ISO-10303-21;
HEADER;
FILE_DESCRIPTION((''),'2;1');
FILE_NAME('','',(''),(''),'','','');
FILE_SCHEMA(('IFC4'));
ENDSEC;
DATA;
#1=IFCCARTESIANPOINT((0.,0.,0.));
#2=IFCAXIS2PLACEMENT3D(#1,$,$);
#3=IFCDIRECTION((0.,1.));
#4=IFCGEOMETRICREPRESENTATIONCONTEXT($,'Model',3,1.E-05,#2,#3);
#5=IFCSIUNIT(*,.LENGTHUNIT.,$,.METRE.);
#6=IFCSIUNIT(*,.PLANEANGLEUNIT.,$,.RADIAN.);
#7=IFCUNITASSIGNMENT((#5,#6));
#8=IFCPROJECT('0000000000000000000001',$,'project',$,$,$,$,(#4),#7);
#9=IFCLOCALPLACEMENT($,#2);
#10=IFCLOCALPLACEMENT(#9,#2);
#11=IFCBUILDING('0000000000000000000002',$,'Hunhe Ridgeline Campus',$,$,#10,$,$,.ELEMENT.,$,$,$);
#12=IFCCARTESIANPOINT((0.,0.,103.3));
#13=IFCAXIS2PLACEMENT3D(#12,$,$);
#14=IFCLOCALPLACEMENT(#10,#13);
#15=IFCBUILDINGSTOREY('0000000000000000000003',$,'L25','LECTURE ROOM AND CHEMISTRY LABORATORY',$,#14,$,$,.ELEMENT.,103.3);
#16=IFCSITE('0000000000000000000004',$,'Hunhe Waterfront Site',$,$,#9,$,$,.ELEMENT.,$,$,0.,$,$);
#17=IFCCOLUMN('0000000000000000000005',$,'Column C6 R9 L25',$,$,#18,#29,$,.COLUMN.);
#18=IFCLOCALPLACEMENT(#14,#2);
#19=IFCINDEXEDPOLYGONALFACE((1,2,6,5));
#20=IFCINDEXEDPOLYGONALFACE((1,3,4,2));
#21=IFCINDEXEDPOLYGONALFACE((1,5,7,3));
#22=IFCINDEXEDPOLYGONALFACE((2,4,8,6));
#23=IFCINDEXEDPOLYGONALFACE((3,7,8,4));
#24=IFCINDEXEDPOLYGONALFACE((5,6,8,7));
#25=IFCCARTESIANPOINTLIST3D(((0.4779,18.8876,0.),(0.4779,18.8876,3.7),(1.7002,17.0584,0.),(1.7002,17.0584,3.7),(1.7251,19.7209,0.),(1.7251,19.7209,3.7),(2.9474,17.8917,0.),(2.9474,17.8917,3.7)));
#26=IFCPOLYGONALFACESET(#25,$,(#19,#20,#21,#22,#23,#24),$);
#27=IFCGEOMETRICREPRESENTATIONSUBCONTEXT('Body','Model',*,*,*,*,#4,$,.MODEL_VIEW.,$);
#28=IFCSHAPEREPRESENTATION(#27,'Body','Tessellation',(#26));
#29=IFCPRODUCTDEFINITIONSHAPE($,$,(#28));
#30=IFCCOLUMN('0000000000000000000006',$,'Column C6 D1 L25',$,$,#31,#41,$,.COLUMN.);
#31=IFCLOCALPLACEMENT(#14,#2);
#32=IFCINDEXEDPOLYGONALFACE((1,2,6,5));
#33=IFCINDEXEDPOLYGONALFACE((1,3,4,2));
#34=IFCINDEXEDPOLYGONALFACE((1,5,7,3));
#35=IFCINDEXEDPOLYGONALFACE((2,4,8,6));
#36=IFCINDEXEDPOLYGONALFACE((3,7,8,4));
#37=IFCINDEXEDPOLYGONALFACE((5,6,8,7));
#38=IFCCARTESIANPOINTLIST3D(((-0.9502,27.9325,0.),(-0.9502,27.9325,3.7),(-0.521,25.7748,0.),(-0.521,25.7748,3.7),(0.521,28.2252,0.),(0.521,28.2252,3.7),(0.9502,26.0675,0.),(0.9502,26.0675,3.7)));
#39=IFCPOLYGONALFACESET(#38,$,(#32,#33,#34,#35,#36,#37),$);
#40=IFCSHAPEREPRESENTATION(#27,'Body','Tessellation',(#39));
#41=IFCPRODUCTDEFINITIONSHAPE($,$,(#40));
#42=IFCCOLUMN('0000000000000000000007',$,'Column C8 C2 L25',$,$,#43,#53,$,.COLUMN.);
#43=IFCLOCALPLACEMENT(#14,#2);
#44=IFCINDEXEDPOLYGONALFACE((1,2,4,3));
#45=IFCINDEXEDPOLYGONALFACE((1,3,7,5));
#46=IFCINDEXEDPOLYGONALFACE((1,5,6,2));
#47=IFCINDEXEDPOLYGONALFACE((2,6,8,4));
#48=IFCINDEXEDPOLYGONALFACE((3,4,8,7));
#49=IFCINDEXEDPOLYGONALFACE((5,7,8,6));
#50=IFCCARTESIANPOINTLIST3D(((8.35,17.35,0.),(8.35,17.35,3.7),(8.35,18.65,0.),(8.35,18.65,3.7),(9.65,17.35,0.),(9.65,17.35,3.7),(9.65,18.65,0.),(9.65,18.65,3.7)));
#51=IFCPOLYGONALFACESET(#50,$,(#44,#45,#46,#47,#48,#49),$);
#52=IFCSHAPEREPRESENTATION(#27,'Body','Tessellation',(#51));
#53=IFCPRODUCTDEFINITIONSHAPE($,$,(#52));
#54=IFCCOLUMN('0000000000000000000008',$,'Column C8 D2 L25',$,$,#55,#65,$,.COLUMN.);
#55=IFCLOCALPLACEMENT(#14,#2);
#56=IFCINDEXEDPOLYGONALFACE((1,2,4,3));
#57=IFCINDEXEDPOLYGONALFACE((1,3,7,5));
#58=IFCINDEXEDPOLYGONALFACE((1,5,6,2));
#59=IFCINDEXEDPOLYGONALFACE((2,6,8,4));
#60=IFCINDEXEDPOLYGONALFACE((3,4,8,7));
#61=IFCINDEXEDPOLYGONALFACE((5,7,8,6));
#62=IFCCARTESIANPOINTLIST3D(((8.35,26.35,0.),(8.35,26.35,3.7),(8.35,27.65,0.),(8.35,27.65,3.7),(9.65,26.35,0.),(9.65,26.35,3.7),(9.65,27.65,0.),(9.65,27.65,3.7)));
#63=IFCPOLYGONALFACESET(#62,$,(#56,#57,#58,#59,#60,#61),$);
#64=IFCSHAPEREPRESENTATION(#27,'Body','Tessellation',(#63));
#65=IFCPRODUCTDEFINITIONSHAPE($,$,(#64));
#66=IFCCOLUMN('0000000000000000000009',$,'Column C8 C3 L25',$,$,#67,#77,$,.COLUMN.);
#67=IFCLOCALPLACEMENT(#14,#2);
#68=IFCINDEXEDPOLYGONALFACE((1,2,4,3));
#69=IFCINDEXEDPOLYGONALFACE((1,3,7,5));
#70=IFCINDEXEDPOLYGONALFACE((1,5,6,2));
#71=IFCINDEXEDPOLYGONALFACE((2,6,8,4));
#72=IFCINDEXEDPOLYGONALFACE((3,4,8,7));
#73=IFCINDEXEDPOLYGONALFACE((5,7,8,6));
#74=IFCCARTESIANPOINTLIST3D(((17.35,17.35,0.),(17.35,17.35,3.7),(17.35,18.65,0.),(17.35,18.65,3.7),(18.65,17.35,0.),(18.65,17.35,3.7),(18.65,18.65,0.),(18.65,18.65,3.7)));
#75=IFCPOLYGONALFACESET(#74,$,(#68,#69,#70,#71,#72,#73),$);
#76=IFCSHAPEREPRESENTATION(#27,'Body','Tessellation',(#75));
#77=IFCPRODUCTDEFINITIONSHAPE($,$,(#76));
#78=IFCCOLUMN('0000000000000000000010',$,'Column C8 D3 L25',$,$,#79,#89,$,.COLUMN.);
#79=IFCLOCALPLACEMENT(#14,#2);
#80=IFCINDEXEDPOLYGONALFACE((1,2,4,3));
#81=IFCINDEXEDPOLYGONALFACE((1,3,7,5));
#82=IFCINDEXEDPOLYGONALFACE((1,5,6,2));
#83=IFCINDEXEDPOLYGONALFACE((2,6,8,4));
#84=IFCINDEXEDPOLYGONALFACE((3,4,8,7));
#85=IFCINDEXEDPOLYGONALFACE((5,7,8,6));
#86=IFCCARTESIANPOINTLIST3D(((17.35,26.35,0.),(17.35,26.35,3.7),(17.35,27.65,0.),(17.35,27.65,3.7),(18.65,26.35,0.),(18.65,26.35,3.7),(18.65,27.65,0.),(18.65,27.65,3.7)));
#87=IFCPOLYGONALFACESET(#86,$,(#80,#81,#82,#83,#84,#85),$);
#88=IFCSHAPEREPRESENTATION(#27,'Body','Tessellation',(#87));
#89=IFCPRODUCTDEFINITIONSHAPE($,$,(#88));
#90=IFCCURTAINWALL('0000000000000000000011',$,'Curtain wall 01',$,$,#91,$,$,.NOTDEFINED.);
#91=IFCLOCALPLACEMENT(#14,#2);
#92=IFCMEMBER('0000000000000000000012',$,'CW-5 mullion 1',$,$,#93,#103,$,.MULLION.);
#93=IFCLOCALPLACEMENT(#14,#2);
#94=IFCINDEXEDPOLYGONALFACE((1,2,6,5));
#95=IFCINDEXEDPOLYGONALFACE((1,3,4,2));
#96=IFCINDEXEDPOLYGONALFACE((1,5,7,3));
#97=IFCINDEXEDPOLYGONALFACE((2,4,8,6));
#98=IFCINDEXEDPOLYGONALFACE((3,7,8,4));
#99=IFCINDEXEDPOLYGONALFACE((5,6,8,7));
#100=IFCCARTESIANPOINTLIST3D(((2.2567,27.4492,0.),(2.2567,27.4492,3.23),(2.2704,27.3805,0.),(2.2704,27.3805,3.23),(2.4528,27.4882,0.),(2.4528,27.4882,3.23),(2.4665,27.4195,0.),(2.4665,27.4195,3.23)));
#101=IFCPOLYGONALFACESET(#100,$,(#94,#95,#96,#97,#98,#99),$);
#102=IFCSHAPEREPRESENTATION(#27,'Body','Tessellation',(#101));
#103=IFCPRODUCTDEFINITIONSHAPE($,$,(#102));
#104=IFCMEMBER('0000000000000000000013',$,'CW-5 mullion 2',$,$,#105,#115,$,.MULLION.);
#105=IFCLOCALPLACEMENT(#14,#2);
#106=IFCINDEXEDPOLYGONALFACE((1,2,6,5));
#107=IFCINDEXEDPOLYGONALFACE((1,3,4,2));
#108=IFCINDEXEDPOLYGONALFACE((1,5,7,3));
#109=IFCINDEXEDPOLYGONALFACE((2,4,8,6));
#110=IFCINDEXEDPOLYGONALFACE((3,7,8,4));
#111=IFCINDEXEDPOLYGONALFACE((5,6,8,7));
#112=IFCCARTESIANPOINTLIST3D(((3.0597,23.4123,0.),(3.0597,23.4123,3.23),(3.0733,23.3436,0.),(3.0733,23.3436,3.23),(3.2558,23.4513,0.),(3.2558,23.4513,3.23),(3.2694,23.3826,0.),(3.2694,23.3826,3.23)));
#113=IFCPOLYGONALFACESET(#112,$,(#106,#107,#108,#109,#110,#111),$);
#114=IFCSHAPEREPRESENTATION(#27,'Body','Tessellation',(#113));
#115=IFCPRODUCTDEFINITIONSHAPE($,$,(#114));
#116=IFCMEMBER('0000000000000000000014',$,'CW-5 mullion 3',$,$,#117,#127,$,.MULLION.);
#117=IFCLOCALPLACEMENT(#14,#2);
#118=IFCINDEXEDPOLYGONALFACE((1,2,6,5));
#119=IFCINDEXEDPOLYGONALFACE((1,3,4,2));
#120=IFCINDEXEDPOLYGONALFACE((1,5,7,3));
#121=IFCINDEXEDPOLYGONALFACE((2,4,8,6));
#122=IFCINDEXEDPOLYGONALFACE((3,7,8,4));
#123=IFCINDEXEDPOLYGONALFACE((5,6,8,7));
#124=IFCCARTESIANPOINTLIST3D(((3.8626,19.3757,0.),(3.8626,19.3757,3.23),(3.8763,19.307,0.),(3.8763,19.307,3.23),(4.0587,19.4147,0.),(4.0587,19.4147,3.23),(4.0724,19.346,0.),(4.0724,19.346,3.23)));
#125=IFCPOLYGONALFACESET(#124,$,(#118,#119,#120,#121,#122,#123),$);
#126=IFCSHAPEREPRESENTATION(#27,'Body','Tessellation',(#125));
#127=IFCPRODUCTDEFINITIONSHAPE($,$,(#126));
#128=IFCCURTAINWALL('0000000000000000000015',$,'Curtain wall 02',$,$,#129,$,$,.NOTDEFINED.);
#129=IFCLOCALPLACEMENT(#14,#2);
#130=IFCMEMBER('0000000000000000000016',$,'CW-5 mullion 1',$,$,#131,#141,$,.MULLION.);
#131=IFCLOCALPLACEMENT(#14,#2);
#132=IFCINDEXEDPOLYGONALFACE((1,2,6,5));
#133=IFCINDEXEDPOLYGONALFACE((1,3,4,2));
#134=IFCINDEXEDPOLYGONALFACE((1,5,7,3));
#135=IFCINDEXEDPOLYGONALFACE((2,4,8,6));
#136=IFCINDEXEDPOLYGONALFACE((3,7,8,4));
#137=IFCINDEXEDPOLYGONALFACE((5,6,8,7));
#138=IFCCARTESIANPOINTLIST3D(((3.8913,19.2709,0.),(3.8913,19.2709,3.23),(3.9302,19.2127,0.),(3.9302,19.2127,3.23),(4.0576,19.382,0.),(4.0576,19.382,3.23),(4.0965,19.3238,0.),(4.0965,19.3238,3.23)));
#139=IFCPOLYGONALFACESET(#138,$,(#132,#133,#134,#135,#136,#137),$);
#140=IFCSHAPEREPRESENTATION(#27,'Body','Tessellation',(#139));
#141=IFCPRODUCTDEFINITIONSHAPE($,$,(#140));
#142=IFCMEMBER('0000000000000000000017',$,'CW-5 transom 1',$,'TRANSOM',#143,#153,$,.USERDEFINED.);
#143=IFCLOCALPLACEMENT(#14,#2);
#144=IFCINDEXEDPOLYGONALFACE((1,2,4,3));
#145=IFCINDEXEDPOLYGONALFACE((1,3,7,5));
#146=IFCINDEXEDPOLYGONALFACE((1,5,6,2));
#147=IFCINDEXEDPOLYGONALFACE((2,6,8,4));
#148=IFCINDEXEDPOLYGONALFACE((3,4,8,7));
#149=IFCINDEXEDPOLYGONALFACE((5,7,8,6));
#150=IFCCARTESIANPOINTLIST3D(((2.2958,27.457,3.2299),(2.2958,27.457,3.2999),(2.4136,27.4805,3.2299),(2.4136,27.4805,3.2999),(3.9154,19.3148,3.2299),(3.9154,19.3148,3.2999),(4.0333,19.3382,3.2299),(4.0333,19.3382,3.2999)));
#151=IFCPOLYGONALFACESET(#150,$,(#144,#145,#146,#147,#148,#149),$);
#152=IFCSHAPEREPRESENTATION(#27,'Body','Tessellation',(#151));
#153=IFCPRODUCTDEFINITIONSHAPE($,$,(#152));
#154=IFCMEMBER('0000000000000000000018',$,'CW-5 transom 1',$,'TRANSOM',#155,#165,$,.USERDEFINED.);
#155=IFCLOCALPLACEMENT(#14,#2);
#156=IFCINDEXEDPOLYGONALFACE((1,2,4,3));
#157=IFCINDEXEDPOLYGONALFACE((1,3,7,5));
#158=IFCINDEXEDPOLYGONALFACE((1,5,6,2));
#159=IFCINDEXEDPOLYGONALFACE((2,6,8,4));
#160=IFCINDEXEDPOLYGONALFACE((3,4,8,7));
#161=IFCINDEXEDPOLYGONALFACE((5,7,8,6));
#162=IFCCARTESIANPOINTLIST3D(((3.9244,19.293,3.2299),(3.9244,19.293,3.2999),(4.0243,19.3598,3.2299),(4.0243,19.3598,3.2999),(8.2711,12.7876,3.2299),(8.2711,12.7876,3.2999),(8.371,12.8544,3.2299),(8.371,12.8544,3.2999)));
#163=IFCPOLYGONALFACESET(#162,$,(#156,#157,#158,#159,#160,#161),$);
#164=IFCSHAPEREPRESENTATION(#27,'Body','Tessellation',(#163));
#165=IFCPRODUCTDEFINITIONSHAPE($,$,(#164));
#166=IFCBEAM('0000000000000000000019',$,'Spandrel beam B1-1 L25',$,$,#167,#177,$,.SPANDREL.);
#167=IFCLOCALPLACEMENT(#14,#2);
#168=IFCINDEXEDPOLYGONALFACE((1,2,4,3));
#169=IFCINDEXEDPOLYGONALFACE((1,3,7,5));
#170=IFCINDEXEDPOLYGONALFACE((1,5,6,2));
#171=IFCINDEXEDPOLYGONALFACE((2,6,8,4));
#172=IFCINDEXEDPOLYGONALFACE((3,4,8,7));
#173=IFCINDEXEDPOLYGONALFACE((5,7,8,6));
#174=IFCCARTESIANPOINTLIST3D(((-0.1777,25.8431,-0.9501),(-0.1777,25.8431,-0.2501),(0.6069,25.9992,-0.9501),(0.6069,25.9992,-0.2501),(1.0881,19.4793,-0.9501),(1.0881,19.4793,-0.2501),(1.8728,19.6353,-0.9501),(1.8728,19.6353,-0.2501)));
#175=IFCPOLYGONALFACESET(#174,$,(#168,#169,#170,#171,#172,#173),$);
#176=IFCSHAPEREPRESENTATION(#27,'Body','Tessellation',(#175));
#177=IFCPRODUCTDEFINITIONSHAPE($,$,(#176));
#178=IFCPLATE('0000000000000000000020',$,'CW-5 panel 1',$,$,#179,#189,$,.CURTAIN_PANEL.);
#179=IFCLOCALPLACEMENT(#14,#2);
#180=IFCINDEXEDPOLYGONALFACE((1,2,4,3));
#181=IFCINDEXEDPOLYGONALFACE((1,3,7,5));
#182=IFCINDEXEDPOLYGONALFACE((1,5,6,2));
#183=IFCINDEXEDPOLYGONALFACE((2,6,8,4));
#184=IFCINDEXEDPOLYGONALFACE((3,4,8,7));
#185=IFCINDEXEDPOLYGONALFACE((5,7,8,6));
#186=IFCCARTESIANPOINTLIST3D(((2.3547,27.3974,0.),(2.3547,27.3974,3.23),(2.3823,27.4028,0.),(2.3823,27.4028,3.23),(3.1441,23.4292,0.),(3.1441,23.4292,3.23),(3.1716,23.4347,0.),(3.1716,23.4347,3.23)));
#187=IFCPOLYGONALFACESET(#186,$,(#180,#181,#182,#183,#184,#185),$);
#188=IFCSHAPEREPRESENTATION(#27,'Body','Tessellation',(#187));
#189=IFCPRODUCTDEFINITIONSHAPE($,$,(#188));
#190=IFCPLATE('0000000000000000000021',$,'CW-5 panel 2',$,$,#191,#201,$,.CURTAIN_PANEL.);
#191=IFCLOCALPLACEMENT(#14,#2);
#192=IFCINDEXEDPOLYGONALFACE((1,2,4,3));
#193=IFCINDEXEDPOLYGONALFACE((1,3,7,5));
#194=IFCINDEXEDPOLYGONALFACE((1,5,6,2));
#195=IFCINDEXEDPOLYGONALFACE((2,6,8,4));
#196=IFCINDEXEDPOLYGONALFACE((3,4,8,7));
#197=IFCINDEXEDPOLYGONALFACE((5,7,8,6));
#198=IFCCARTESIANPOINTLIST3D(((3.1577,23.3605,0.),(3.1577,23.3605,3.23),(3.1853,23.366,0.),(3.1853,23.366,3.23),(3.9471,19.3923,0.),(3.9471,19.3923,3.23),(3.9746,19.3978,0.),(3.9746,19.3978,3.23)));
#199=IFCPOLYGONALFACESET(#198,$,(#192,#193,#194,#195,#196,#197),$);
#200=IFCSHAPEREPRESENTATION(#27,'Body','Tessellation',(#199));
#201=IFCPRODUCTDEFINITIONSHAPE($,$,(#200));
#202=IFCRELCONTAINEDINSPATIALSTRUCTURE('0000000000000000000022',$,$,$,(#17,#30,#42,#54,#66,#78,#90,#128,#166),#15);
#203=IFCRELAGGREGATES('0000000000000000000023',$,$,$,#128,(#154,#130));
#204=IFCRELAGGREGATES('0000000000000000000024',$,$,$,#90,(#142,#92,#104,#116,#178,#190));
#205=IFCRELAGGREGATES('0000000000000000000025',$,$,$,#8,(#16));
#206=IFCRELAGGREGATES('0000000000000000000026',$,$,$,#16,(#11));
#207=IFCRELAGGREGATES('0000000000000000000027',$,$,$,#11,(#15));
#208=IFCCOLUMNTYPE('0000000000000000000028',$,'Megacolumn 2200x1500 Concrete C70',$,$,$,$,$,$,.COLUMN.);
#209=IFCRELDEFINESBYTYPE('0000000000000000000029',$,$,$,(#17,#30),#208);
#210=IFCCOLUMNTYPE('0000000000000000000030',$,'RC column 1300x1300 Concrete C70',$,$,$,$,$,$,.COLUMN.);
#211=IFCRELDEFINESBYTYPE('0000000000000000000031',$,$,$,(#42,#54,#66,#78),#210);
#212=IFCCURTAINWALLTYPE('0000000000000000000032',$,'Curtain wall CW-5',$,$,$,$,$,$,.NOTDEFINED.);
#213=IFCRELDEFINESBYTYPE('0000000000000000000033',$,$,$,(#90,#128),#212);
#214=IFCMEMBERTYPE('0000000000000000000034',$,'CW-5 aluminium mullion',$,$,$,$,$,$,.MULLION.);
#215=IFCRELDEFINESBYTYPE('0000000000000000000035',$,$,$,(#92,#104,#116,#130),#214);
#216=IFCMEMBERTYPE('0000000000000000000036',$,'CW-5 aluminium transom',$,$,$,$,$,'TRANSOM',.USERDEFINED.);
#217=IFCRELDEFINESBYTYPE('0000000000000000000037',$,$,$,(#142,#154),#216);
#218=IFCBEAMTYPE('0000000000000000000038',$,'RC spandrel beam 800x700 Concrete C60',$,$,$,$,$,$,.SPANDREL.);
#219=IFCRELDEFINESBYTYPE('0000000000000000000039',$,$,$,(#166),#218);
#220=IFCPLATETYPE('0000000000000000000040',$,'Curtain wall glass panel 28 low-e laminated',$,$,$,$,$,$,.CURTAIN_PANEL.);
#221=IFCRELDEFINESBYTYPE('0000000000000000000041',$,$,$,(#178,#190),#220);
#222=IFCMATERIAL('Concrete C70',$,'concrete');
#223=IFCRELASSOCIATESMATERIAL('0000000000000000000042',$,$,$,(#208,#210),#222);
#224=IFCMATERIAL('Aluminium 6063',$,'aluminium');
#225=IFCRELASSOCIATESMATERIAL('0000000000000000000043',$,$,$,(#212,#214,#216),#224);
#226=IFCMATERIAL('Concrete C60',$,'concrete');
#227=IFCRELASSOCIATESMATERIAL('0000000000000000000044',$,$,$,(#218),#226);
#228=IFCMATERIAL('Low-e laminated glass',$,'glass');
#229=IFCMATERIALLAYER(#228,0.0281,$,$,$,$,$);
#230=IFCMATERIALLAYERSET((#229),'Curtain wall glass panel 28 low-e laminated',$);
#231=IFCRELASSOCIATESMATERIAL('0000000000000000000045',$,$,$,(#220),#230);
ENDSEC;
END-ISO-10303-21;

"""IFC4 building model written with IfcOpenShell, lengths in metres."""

from ifc_helpers import new_model, si_unit, direction, frame, origin, origin_2d, place, context, subcontext, project, spatial, rectangle, extrude, material, layer, layer_set, material_profile, profile_set, type_object, element, aggregate, save


model = new_model("IFC4")

# Units and contexts
model_context = context("Model", 3, precision=1e-05, world=origin(), true_north=direction((0.0, 1.0)))
body_context = subcontext(model_context, "Body", "Model", "MODEL_VIEW")
ifc_project = project(units=[si_unit("LENGTHUNIT", "METRE"), si_unit("PLANEANGLEUNIT", "RADIAN")], contexts=[model_context])

# Site, building, storey
site_placement = place(None, origin())
site = spatial("IfcSite", under=ifc_project, at=site_placement, Name="Hunhe Waterfront Site", CompositionType="ELEMENT", RefElevation=0.0)
building_placement = place(site_placement, origin())
building = spatial("IfcBuilding", under=site, at=building_placement, Name="Hunhe Ridgeline Campus", CompositionType="ELEMENT")
storey_placement = place(building_placement, frame((0.0, 0.0, 103.3)))
storey = spatial("IfcBuildingStorey", under=building, at=storey_placement, Name="L25", Description="LECTURE ROOM AND CHEMISTRY LABORATORY", CompositionType="ELEMENT", Elevation=103.3)

# Columns
ifc_material_1 = material(Name="Concrete C70", Category="concrete")
ifc_material_profile_1 = material_profile(ifc_material_1, rectangle(XDim=2.2, YDim=1.5, at=origin_2d()))
ifc_profile_set_1 = profile_set([ifc_material_profile_1], Name="Concrete C70")
column_type_1 = type_object("IfcColumnType", Name="Megacolumn 2200x1500 Concrete C70", PredefinedType="COLUMN", material=ifc_profile_set_1)
for number, where, z_axis, x_axis, name in (
    (1, (1.7126, 18.3896, 0.0), (0.0, 0.0, 1.0), (-0.55557, 0.83147, 0.0), "Column C6 R9 L25"),
    (2, (0.0, 27.0, 0.0), (0.0, 0.0, 1.0), (-0.19509, 0.980785, 0.0), "Column C6 D1 L25"),
):
    element("IfcColumn", number, at=place(storey_placement, frame(where, z_axis=z_axis, x_axis=x_axis)), inside=storey, type_object=column_type_1, Name=name, PredefinedType="COLUMN", context=body_context, shape_type="SweptSolid", body=[
        extrude(rectangle(XDim=2.2, YDim=1.5, at=origin_2d()), origin(), (0.0, 0.0, 1.0), 3.7),
    ])
ifc_material_profile_2 = material_profile(ifc_material_1, rectangle(XDim=1.3, YDim=1.3, at=origin_2d()))
ifc_profile_set_2 = profile_set([ifc_material_profile_2], Name="Concrete C70")
column_type_2 = type_object("IfcColumnType", Name="RC column 1300x1300 Concrete C70", PredefinedType="COLUMN", material=ifc_profile_set_2)
for number, where, z_axis, x_axis, name in (
    (3, (9.0, 18.0, 0.0), (0.0, 0.0, 1.0), (1.0, 0.0, 0.0), "Column C8 C2 L25"),
    (4, (9.0, 27.0, 0.0), (0.0, 0.0, 1.0), (1.0, 0.0, 0.0), "Column C8 D2 L25"),
    (5, (18.0, 18.0, 0.0), (0.0, 0.0, 1.0), (1.0, 0.0, 0.0), "Column C8 C3 L25"),
    (6, (18.0, 27.0, 0.0), (0.0, 0.0, 1.0), (1.0, 0.0, 0.0), "Column C8 D3 L25"),
):
    element("IfcColumn", number, at=place(storey_placement, frame(where, z_axis=z_axis, x_axis=x_axis)), inside=storey, type_object=column_type_2, Name=name, PredefinedType="COLUMN", context=body_context, shape_type="SweptSolid", body=[
        extrude(rectangle(XDim=1.3, YDim=1.3, at=origin_2d()), origin(), (0.0, 0.0, 1.0), 3.7),
    ])

# Curtain wall, members
ifc_material_2 = material(Name="Aluminium 6063", Category="aluminium")
curtain_wall_type = type_object("IfcCurtainWallType", Name="Curtain wall CW-5", PredefinedType="NOTDEFINED", material=ifc_material_2)
curtain_wall_1_placement = place(storey_placement, origin())
curtain_wall_1 = element("IfcCurtainWall", 7, at=curtain_wall_1_placement, inside=storey, type_object=curtain_wall_type, Name="Curtain wall 01", PredefinedType="NOTDEFINED")
ifc_material_profile_3 = material_profile(ifc_material_2, rectangle(XDim=0.2, YDim=0.0701, at=origin_2d()))
ifc_profile_set_3 = profile_set([ifc_material_profile_3], Name="Aluminium 6063")
member_type_1 = type_object("IfcMemberType", Name="CW-5 aluminium mullion", PredefinedType="MULLION", material=ifc_profile_set_3)
member_1_placement = place(storey_placement, frame((2.3616, 27.4343, 0.0), z_axis=(0.0, 0.0, 1.0), x_axis=(0.980784, 0.195095, 0.0)))
member_1 = element("IfcMember", 8, at=member_1_placement, type_object=member_type_1, Name="CW-5 mullion 1", PredefinedType="MULLION", context=body_context, shape_type="SweptSolid", body=[
    extrude(rectangle(XDim=0.2, YDim=0.0701, at=origin_2d()), origin(), (0.0, 0.0, 1.0), 3.23),
])
member_2_placement = place(storey_placement, frame((3.1646, 23.3975, 0.0), z_axis=(0.0, 0.0, 1.0), x_axis=(0.980784, 0.195095, 0.0)))
member_2 = element("IfcMember", 9, at=member_2_placement, type_object=member_type_1, Name="CW-5 mullion 2", PredefinedType="MULLION", context=body_context, shape_type="SweptSolid", body=[
    extrude(rectangle(XDim=0.2, YDim=0.0701, at=origin_2d()), origin(), (0.0, 0.0, 1.0), 3.23),
])
member_3_placement = place(storey_placement, frame((3.9675, 19.3608, 0.0), z_axis=(0.0, 0.0, 1.0), x_axis=(0.980784, 0.195095, 0.0)))
member_3 = element("IfcMember", 10, at=member_3_placement, type_object=member_type_1, Name="CW-5 mullion 3", PredefinedType="MULLION", context=body_context, shape_type="SweptSolid", body=[
    extrude(rectangle(XDim=0.2, YDim=0.0701, at=origin_2d()), origin(), (0.0, 0.0, 1.0), 3.23),
])

# Curtain wall, member
curtain_wall_2_placement = place(storey_placement, origin())
curtain_wall_2 = element("IfcCurtainWall", 11, at=curtain_wall_2_placement, inside=storey, type_object=curtain_wall_type, Name="Curtain wall 02", PredefinedType="NOTDEFINED")
member_4_placement = place(storey_placement, frame((3.9939, 19.2974, 0.0), z_axis=(0.0, 0.0, 1.0), x_axis=(0.83147, 0.55557, 0.0)))
member_4 = element("IfcMember", 12, at=member_4_placement, type_object=member_type_1, Name="CW-5 mullion 1", PredefinedType="MULLION", context=body_context, shape_type="SweptSolid", body=[
    extrude(rectangle(XDim=0.2, YDim=0.0701, at=origin_2d()), origin(), (0.0, 0.0, 1.0), 3.23),
])

# Members
ifc_material_profile_4 = material_profile(ifc_material_2, rectangle(XDim=0.1201, YDim=0.0701, at=origin_2d()))
ifc_profile_set_4 = profile_set([ifc_material_profile_4], Name="Aluminium 6063")
member_type_2 = type_object("IfcMemberType", Name="CW-5 aluminium transom", ElementType="TRANSOM", PredefinedType="USERDEFINED", material=ifc_profile_set_4)
member_5_placement = place(storey_placement, frame((2.3547, 27.4688, 3.2649), z_axis=(0.195092, -0.980785, 0.0), x_axis=(0.980785, 0.195092, 0.0)))
member_5 = element("IfcMember", 13, at=member_5_placement, type_object=member_type_2, Name="CW-5 transom 1", ObjectType="TRANSOM", PredefinedType="USERDEFINED", context=body_context, shape_type="SweptSolid", body=[
    extrude(rectangle(XDim=0.1201, YDim=0.0701, at=origin_2d()), origin(), (0.0, 0.0, 1.0), 8.3018),
])
member_6_placement = place(storey_placement, frame((3.9744, 19.3264, 3.2649), z_axis=(0.555564, -0.831474, 0.0), x_axis=(0.831474, 0.555564, 0.0)))
member_6 = element("IfcMember", 14, at=member_6_placement, type_object=member_type_2, Name="CW-5 transom 1", ObjectType="TRANSOM", PredefinedType="USERDEFINED", context=body_context, shape_type="SweptSolid", body=[
    extrude(rectangle(XDim=0.1201, YDim=0.0701, at=origin_2d()), origin(), (0.0, 0.0, 1.0), 7.824),
])
aggregate(curtain_wall_2, [member_6, member_4])

# Beam
ifc_material_3 = material(Name="Concrete C60", Category="concrete")
ifc_material_profile_5 = material_profile(ifc_material_3, rectangle(XDim=0.8, YDim=0.7, at=origin_2d()))
ifc_profile_set_5 = profile_set([ifc_material_profile_5], Name="Concrete C60")
beam_type = type_object("IfcBeamType", Name="RC spandrel beam 800x700 Concrete C60", PredefinedType="SPANDREL", material=ifc_profile_set_5)
beam_placement = place(storey_placement, frame((0.2146, 25.9211, -0.6001), z_axis=(0.195096, -0.980784, 0.0), x_axis=(0.980784, 0.195096, 0.0)))
element("IfcBeam", 15, at=beam_placement, inside=storey, type_object=beam_type, Name="Spandrel beam B1-1 L25", PredefinedType="SPANDREL", context=body_context, shape_type="SweptSolid", body=[
    extrude(rectangle(XDim=0.8, YDim=0.7, at=origin_2d()), origin(), (0.0, 0.0, 1.0), 6.4885),
])

# Plates
ifc_material_4 = material(Name="Low-e laminated glass", Category="glass")
ifc_layer_1 = layer(ifc_material_4, 0.0281)
ifc_layer_set_1 = layer_set([ifc_layer_1], Name="Curtain wall glass panel 28 low-e laminated")
plate_type = type_object("IfcPlateType", Name="Curtain wall glass panel 28 low-e laminated", PredefinedType="CURTAIN_PANEL", material=ifc_layer_set_1)
plate_1_placement = place(storey_placement, frame((2.7632, 25.416, 0.0), z_axis=(0.0, 0.0, 1.0), x_axis=(0.195095, -0.980784, 0.0)))
plate_1 = element("IfcPlate", 16, at=plate_1_placement, type_object=plate_type, Name="CW-5 panel 1", PredefinedType="CURTAIN_PANEL", context=body_context, shape_type="SweptSolid", body=[
    extrude(rectangle(XDim=4.0459, YDim=0.0281, at=origin_2d()), origin(), (0.0, 0.0, 1.0), 3.23),
])
plate_2_placement = place(storey_placement, frame((3.5662, 21.3792, 0.0), z_axis=(0.0, 0.0, 1.0), x_axis=(0.195095, -0.980784, 0.0)))
plate_2 = element("IfcPlate", 17, at=plate_2_placement, type_object=plate_type, Name="CW-5 panel 2", PredefinedType="CURTAIN_PANEL", context=body_context, shape_type="SweptSolid", body=[
    extrude(rectangle(XDim=4.0459, YDim=0.0281, at=origin_2d()), origin(), (0.0, 0.0, 1.0), 3.23),
])
aggregate(curtain_wall_1, [member_5, member_1, member_2, member_3, plate_1, plate_2])

save(model, "model.ifc")
